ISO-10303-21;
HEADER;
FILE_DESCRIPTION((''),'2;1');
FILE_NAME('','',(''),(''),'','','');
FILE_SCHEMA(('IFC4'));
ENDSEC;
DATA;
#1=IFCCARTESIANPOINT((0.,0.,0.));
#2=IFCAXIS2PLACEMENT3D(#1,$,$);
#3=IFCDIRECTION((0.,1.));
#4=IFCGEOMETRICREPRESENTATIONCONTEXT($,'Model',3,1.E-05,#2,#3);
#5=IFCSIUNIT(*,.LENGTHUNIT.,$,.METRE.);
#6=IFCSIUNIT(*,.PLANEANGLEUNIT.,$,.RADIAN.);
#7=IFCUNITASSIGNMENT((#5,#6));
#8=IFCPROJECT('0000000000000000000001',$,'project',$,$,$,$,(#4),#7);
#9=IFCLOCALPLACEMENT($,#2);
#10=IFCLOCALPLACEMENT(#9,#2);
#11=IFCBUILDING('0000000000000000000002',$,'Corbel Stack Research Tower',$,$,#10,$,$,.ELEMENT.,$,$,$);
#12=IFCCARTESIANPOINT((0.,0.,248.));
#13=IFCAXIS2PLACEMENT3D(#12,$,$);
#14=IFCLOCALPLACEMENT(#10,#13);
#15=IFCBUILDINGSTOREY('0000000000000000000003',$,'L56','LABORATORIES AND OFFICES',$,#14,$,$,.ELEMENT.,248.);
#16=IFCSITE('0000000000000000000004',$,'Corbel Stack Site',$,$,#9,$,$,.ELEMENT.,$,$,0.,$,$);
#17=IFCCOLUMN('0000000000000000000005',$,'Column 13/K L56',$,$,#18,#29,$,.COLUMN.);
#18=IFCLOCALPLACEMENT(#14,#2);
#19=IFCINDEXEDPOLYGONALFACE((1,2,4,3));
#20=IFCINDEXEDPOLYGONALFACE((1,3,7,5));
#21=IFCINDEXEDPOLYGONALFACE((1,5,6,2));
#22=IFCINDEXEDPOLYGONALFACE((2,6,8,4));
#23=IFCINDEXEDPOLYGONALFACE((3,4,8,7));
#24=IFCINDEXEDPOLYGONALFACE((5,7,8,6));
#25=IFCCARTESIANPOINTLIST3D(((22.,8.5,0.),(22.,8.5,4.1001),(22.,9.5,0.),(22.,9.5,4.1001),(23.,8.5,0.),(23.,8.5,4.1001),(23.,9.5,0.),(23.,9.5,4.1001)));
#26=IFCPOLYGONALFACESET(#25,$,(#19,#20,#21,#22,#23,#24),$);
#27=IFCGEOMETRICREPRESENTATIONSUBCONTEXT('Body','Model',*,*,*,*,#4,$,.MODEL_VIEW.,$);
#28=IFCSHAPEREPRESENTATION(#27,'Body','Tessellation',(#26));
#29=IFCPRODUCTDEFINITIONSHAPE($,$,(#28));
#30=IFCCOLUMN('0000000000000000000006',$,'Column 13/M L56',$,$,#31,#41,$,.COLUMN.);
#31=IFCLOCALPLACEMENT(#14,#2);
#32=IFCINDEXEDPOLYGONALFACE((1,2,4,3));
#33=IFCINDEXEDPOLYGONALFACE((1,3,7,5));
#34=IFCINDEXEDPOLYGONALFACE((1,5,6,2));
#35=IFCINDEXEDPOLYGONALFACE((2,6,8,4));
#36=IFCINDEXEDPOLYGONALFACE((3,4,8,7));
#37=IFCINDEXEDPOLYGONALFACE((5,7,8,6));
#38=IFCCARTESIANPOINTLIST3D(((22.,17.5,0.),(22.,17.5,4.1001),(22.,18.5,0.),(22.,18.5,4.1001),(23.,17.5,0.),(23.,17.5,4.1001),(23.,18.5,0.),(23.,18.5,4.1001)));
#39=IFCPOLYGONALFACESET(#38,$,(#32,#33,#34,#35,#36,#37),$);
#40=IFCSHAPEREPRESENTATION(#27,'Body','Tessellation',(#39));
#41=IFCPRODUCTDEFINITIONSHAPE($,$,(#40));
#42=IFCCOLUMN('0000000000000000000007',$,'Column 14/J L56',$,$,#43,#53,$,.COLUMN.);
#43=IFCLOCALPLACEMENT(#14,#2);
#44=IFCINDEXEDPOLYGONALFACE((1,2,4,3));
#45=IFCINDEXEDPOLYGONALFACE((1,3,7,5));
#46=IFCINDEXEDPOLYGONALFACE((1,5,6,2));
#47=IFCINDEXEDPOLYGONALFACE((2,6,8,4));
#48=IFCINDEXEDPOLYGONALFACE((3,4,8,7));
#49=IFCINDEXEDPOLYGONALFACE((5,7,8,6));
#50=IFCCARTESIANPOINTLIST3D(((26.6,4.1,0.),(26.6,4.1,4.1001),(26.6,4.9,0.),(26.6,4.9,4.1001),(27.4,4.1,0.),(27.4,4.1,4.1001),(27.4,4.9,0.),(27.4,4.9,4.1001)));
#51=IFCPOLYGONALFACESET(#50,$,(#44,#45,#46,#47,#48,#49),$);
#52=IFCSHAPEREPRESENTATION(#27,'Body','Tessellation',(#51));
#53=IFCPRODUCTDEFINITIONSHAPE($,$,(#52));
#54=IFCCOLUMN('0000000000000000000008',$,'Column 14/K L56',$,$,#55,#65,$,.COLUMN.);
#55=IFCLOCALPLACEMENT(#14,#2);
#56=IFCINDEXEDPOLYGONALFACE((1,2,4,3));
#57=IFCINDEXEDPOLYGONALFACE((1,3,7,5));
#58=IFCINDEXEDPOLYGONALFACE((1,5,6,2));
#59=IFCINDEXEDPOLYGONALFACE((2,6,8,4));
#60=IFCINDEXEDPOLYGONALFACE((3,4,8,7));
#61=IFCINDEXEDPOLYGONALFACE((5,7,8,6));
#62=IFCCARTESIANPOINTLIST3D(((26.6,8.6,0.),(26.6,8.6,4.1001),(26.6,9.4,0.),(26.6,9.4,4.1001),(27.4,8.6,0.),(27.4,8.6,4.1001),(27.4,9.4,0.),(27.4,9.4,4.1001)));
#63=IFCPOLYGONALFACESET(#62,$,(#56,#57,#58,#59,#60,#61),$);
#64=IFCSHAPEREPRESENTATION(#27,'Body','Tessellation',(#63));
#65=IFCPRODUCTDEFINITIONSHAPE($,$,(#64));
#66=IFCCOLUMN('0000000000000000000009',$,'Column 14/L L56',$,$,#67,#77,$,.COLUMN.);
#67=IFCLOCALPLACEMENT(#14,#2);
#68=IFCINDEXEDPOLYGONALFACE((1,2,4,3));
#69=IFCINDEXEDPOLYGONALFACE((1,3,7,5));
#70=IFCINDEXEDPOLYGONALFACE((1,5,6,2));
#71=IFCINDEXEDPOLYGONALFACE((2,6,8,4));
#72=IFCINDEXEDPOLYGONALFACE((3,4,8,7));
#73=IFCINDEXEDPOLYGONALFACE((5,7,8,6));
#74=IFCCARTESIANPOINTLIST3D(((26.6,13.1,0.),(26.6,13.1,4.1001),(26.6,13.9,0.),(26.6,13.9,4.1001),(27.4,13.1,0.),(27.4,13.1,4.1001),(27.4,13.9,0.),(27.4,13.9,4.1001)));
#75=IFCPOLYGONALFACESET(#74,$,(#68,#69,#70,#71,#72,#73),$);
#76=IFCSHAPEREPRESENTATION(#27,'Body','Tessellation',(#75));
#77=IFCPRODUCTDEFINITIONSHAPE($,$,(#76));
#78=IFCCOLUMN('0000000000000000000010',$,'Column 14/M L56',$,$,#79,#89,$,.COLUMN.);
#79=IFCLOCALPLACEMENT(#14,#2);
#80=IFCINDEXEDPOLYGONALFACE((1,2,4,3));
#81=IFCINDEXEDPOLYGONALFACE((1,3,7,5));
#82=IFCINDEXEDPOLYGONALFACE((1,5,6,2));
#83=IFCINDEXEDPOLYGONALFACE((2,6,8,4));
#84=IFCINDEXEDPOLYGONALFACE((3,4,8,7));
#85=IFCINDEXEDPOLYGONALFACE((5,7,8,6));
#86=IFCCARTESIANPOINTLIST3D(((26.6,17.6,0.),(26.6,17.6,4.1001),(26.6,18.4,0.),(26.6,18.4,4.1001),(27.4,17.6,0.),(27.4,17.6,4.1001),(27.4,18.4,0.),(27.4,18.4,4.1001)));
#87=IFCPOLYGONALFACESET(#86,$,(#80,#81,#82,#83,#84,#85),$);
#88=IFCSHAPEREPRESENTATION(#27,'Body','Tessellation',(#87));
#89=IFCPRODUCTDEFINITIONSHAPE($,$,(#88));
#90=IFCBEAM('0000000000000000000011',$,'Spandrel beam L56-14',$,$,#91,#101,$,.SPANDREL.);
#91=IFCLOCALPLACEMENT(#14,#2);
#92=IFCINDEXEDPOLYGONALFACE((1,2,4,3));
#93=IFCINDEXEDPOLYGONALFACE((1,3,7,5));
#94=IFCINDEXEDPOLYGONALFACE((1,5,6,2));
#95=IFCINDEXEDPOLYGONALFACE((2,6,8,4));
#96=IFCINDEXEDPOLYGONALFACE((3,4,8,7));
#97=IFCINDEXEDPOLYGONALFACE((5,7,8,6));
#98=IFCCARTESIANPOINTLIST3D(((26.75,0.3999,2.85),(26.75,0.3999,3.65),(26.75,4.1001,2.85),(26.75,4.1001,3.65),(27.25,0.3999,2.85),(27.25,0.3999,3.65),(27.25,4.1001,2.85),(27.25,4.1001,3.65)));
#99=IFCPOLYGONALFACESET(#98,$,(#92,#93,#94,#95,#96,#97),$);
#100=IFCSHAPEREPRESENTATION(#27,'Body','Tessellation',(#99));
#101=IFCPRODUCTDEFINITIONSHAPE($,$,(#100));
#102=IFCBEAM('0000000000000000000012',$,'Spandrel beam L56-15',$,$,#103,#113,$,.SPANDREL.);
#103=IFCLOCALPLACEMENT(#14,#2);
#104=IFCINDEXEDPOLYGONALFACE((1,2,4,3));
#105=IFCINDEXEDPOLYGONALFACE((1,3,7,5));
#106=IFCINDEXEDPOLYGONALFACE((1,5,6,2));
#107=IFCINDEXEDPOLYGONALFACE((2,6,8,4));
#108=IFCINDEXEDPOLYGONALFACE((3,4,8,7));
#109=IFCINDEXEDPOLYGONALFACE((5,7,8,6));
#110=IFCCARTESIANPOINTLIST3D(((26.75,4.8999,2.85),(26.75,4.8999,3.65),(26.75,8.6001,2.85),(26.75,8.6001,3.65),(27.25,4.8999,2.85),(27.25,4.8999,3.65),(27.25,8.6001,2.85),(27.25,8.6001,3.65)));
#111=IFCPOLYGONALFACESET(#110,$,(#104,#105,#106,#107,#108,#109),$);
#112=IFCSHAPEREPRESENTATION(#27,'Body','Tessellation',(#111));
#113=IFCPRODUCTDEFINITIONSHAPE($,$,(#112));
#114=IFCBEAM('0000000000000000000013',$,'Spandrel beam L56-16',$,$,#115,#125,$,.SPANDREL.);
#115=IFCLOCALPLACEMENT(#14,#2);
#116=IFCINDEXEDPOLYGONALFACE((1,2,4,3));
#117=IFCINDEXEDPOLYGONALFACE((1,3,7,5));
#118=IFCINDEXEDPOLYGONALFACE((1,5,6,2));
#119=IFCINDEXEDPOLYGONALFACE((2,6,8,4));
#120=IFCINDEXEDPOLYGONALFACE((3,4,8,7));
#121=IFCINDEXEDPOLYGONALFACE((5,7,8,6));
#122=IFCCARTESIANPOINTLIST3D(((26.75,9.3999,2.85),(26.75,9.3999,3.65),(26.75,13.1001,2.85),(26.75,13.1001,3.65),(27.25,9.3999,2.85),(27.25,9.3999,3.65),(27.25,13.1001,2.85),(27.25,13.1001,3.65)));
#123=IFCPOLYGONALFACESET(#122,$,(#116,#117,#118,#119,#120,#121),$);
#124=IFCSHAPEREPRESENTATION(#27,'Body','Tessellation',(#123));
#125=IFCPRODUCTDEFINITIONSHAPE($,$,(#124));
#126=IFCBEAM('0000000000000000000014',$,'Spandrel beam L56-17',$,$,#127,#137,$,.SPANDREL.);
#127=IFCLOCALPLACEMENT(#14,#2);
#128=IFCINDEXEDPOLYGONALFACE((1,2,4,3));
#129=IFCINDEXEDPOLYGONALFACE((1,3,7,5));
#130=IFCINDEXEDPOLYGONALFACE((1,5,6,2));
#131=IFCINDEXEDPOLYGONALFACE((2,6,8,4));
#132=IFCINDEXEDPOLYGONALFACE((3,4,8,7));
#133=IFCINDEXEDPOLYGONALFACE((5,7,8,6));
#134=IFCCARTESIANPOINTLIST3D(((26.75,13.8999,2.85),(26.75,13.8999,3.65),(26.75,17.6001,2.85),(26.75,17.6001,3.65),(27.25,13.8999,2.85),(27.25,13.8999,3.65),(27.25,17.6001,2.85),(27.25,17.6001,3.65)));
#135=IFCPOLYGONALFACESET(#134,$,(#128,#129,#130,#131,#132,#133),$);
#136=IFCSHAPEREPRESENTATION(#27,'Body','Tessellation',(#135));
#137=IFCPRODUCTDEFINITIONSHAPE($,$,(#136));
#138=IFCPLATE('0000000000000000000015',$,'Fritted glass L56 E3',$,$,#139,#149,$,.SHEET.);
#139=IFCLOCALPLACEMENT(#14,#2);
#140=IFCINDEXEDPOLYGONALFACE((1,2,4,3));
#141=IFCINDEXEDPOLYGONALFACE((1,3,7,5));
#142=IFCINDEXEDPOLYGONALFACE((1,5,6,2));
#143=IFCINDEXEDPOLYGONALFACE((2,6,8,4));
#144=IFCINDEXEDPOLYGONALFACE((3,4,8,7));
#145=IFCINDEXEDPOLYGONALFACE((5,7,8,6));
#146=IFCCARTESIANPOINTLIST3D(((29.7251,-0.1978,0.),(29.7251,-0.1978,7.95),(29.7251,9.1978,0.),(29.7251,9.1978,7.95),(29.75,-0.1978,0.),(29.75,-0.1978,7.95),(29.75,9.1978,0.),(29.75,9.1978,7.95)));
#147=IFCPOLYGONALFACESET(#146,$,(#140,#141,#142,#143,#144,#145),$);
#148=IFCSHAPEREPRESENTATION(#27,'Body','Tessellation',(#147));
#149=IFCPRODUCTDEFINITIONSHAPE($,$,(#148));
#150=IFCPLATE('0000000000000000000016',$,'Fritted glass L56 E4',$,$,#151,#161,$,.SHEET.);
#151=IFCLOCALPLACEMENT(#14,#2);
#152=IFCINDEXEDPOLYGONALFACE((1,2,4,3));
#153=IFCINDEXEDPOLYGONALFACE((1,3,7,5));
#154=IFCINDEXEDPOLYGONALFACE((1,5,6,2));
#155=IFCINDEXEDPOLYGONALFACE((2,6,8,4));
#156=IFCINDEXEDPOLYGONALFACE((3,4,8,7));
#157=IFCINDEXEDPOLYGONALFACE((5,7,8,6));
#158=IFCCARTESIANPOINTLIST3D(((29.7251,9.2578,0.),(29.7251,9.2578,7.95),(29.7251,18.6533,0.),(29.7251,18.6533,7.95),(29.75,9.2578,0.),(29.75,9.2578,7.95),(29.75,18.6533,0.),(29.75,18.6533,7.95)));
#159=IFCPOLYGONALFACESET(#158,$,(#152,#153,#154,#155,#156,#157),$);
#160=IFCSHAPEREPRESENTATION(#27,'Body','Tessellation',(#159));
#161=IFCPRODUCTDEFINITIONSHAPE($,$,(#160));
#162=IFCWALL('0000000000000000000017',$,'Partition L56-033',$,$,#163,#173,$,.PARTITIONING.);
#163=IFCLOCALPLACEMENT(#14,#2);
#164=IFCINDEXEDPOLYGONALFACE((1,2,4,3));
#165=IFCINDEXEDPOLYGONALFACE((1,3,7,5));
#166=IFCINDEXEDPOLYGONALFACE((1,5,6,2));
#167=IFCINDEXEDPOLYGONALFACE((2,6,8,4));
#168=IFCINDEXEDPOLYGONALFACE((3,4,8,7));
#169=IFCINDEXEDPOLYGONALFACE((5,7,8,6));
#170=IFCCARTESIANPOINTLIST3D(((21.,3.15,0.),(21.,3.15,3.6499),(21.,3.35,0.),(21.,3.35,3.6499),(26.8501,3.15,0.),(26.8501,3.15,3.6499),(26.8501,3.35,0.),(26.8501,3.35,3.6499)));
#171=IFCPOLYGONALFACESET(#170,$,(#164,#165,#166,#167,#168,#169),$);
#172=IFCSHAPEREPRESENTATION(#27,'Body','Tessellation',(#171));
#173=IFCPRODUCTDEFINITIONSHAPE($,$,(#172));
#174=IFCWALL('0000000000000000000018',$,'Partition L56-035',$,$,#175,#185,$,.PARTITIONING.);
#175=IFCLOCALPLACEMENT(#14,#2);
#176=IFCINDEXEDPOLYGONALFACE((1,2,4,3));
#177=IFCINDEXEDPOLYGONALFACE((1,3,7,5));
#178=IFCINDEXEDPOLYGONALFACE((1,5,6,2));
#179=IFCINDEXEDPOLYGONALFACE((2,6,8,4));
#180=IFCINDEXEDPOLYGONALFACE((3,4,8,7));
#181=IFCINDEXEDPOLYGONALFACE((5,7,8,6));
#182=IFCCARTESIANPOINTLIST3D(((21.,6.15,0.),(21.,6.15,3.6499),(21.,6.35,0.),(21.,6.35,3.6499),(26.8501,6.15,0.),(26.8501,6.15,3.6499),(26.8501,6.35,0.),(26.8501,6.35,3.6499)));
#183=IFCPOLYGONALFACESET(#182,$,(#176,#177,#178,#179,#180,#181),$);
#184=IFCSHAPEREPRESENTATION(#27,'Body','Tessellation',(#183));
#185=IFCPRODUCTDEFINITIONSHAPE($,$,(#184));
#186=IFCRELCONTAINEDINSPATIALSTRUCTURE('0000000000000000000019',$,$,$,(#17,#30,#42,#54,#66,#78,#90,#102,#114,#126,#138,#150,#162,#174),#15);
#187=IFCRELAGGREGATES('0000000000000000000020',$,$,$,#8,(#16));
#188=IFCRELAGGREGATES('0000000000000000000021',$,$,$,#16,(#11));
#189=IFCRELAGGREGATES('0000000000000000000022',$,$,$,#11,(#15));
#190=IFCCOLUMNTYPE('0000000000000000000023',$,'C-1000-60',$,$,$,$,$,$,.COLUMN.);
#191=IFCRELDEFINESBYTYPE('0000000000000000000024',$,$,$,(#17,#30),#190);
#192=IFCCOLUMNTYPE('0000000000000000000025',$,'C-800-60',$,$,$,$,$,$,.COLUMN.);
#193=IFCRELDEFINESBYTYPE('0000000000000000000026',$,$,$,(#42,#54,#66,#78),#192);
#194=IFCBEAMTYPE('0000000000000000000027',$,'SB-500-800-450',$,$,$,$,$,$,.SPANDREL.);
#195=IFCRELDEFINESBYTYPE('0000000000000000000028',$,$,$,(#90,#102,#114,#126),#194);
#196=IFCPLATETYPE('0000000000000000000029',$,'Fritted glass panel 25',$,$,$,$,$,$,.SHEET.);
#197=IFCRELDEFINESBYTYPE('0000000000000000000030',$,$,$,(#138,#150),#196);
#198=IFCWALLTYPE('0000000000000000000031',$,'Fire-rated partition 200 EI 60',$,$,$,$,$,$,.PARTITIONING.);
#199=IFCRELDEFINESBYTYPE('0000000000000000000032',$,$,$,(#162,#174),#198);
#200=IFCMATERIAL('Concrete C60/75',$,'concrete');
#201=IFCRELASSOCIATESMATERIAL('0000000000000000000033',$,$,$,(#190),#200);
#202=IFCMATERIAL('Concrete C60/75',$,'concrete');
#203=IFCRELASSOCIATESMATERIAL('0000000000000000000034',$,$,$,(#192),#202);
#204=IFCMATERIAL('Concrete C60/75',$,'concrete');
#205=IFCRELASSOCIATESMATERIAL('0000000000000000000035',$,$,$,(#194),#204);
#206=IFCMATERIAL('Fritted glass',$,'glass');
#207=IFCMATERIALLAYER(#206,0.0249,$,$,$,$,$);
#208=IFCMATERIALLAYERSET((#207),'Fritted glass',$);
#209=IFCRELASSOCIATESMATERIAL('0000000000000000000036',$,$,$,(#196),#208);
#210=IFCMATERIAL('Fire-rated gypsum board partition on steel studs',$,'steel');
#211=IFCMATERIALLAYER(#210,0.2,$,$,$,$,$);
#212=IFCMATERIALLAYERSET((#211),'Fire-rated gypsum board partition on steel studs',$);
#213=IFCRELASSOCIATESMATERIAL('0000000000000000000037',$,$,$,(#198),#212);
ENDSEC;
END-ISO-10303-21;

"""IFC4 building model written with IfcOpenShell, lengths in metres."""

from ifc_helpers import new_model, si_unit, direction, frame, frame_2d, origin, origin_2d, place, context, subcontext, project, spatial, rectangle, extrude, material, layer, layer_set, material_profile, profile_set, type_object, element, save


model = new_model("IFC4")

# Units and contexts
model_context = context("Model", 3, precision=1e-05, world=origin(), true_north=direction((0.0, 1.0)))
body_context = subcontext(model_context, "Body", "Model", "MODEL_VIEW")
ifc_project = project(units=[si_unit("LENGTHUNIT", "METRE"), si_unit("PLANEANGLEUNIT", "RADIAN")], contexts=[model_context])

# Site, building, storey
site_placement = place(None, origin())
site = spatial("IfcSite", under=ifc_project, at=site_placement, Name="Corbel Stack Site", CompositionType="ELEMENT", RefElevation=0.0)
building_placement = place(site_placement, origin())
building = spatial("IfcBuilding", under=site, at=building_placement, Name="Corbel Stack Research Tower", CompositionType="ELEMENT")
storey_placement = place(building_placement, frame((0.0, 0.0, 248.0)))
storey = spatial("IfcBuildingStorey", under=building, at=storey_placement, Name="L56", Description="LABORATORIES AND OFFICES", CompositionType="ELEMENT", Elevation=248.0)

# Columns
ifc_material_1 = material(Name="Concrete C60/75", Category="concrete")
ifc_material_profile_1 = material_profile(ifc_material_1, rectangle(XDim=1.0, YDim=1.0, at=origin_2d()), Name="RC 1000 x 1000")
ifc_profile_set_1 = profile_set([ifc_material_profile_1], Name="Concrete C60/75")
column_type_1 = type_object("IfcColumnType", Name="C-1000-60", PredefinedType="COLUMN", material=ifc_profile_set_1)
for number, where, z_axis, x_axis, name in (
    (1, (22.5, 9.0, 0.0), (0.0, 0.0, 1.0), (1.0, 0.0, 0.0), "Column 13/K L56"),
    (2, (22.5, 18.0, 0.0), (0.0, 0.0, 1.0), (1.0, 0.0, 0.0), "Column 13/M L56"),
):
    element("IfcColumn", number, at=place(storey_placement, frame(where, z_axis=z_axis, x_axis=x_axis)), inside=storey, type_object=column_type_1, Name=name, PredefinedType="COLUMN", context=body_context, shape_type="SweptSolid", body=[
        extrude(rectangle(XDim=1.0, YDim=1.0, at=origin_2d()), origin(), (0.0, 0.0, 1.0), 4.1001),
    ])
ifc_material_2 = material(Name="Concrete C60/75", Category="concrete")
ifc_material_profile_2 = material_profile(ifc_material_2, rectangle(XDim=0.8, YDim=0.8, at=origin_2d()), Name="RC 800 x 800")
ifc_profile_set_2 = profile_set([ifc_material_profile_2], Name="Concrete C60/75")
column_type_2 = type_object("IfcColumnType", Name="C-800-60", PredefinedType="COLUMN", material=ifc_profile_set_2)
for number, where, z_axis, x_axis, name in (
    (3, (27.0, 4.5, 0.0), (0.0, 0.0, 1.0), (1.0, 0.0, 0.0), "Column 14/J L56"),
    (4, (27.0, 9.0, 0.0), (0.0, 0.0, 1.0), (1.0, 0.0, 0.0), "Column 14/K L56"),
    (5, (27.0, 13.5, 0.0), (0.0, 0.0, 1.0), (1.0, 0.0, 0.0), "Column 14/L L56"),
    (6, (27.0, 18.0, 0.0), (0.0, 0.0, 1.0), (1.0, 0.0, 0.0), "Column 14/M L56"),
):
    element("IfcColumn", number, at=place(storey_placement, frame(where, z_axis=z_axis, x_axis=x_axis)), inside=storey, type_object=column_type_2, Name=name, PredefinedType="COLUMN", context=body_context, shape_type="SweptSolid", body=[
        extrude(rectangle(XDim=0.8, YDim=0.8, at=origin_2d()), origin(), (0.0, 0.0, 1.0), 4.1001),
    ])

# Beams
ifc_material_3 = material(Name="Concrete C60/75", Category="concrete")
ifc_material_profile_3 = material_profile(ifc_material_3, rectangle(XDim=0.5, YDim=0.8, at=origin_2d()), Name="RC 500 x 800")
ifc_profile_set_3 = profile_set([ifc_material_profile_3], Name="Concrete C60/75")
beam_type = type_object("IfcBeamType", Name="SB-500-800-450", PredefinedType="SPANDREL", material=ifc_profile_set_3)
for number, where, z_axis, x_axis, name in (
    (7, (27.0, 0.3999, 3.25), (0.0, 1.0, 0.0), (-1.0, 0.0, 0.0), "Spandrel beam L56-14"),
    (8, (27.0, 4.8999, 3.25), (0.0, 1.0, 0.0), (-1.0, 0.0, 0.0), "Spandrel beam L56-15"),
    (9, (27.0, 9.3999, 3.25), (0.0, 1.0, 0.0), (-1.0, 0.0, 0.0), "Spandrel beam L56-16"),
    (10, (27.0, 13.8999, 3.25), (0.0, 1.0, 0.0), (-1.0, 0.0, 0.0), "Spandrel beam L56-17"),
):
    element("IfcBeam", number, at=place(storey_placement, frame(where, z_axis=z_axis, x_axis=x_axis)), inside=storey, type_object=beam_type, Name=name, PredefinedType="SPANDREL", context=body_context, shape_type="SweptSolid", body=[
        extrude(rectangle(XDim=0.5, YDim=0.8, at=origin_2d()), origin(), (0.0, 0.0, 1.0), 3.7002),
    ])

# Plates
ifc_material_4 = material(Name="Fritted glass", Category="glass")
ifc_layer_1 = layer(ifc_material_4, 0.0249)
ifc_layer_set_1 = layer_set([ifc_layer_1], Name="Fritted glass")
plate_type = type_object("IfcPlateType", Name="Fritted glass panel 25", PredefinedType="SHEET", material=ifc_layer_set_1)
for number, where, z_axis, x_axis, name in (
    (11, (29.7375, 4.5, 0.0), (0.0, 0.0, 1.0), (0.0, 1.0, 0.0), "Fritted glass L56 E3"),
    (12, (29.7375, 13.9556, 0.0), (0.0, 0.0, 1.0), (0.0, 1.0, 0.0), "Fritted glass L56 E4"),
):
    element("IfcPlate", number, at=place(storey_placement, frame(where, z_axis=z_axis, x_axis=x_axis)), inside=storey, type_object=plate_type, Name=name, PredefinedType="SHEET", context=body_context, shape_type="SweptSolid", body=[
        extrude(rectangle(XDim=9.3955, YDim=0.0249, at=origin_2d()), origin(), (0.0, 0.0, 1.0), 7.95),
    ])

# Walls
ifc_material_5 = material(Name="Fire-rated gypsum board partition on steel studs", Category="steel")
ifc_layer_2 = layer(ifc_material_5, 0.2)
ifc_layer_set_2 = layer_set([ifc_layer_2], Name="Fire-rated gypsum board partition on steel studs")
wall_type_1 = type_object("IfcWallType", Name="Fire-rated partition 200 EI 60", PredefinedType="PARTITIONING", material=ifc_layer_set_2)
for number, where, z_axis, x_axis, name in (
    (13, (21.0, 3.25, 0.0), (0.0, 0.0, 1.0), (1.0, 0.0, 0.0), "Partition L56-033"),
    (14, (21.0, 6.25, 0.0), (0.0, 0.0, 1.0), (1.0, 0.0, 0.0), "Partition L56-035"),
):
    element("IfcWall", number, at=place(storey_placement, frame(where, z_axis=z_axis, x_axis=x_axis)), inside=storey, type_object=wall_type_1, Name=name, PredefinedType="PARTITIONING", context=body_context, shape_type="SweptSolid", body=[
        extrude(rectangle(XDim=5.8501, YDim=0.2, at=frame_2d((2.925, 0.0))), origin(), (0.0, 0.0, 1.0), 3.6499),
    ])

save(model, "model.ifc")
